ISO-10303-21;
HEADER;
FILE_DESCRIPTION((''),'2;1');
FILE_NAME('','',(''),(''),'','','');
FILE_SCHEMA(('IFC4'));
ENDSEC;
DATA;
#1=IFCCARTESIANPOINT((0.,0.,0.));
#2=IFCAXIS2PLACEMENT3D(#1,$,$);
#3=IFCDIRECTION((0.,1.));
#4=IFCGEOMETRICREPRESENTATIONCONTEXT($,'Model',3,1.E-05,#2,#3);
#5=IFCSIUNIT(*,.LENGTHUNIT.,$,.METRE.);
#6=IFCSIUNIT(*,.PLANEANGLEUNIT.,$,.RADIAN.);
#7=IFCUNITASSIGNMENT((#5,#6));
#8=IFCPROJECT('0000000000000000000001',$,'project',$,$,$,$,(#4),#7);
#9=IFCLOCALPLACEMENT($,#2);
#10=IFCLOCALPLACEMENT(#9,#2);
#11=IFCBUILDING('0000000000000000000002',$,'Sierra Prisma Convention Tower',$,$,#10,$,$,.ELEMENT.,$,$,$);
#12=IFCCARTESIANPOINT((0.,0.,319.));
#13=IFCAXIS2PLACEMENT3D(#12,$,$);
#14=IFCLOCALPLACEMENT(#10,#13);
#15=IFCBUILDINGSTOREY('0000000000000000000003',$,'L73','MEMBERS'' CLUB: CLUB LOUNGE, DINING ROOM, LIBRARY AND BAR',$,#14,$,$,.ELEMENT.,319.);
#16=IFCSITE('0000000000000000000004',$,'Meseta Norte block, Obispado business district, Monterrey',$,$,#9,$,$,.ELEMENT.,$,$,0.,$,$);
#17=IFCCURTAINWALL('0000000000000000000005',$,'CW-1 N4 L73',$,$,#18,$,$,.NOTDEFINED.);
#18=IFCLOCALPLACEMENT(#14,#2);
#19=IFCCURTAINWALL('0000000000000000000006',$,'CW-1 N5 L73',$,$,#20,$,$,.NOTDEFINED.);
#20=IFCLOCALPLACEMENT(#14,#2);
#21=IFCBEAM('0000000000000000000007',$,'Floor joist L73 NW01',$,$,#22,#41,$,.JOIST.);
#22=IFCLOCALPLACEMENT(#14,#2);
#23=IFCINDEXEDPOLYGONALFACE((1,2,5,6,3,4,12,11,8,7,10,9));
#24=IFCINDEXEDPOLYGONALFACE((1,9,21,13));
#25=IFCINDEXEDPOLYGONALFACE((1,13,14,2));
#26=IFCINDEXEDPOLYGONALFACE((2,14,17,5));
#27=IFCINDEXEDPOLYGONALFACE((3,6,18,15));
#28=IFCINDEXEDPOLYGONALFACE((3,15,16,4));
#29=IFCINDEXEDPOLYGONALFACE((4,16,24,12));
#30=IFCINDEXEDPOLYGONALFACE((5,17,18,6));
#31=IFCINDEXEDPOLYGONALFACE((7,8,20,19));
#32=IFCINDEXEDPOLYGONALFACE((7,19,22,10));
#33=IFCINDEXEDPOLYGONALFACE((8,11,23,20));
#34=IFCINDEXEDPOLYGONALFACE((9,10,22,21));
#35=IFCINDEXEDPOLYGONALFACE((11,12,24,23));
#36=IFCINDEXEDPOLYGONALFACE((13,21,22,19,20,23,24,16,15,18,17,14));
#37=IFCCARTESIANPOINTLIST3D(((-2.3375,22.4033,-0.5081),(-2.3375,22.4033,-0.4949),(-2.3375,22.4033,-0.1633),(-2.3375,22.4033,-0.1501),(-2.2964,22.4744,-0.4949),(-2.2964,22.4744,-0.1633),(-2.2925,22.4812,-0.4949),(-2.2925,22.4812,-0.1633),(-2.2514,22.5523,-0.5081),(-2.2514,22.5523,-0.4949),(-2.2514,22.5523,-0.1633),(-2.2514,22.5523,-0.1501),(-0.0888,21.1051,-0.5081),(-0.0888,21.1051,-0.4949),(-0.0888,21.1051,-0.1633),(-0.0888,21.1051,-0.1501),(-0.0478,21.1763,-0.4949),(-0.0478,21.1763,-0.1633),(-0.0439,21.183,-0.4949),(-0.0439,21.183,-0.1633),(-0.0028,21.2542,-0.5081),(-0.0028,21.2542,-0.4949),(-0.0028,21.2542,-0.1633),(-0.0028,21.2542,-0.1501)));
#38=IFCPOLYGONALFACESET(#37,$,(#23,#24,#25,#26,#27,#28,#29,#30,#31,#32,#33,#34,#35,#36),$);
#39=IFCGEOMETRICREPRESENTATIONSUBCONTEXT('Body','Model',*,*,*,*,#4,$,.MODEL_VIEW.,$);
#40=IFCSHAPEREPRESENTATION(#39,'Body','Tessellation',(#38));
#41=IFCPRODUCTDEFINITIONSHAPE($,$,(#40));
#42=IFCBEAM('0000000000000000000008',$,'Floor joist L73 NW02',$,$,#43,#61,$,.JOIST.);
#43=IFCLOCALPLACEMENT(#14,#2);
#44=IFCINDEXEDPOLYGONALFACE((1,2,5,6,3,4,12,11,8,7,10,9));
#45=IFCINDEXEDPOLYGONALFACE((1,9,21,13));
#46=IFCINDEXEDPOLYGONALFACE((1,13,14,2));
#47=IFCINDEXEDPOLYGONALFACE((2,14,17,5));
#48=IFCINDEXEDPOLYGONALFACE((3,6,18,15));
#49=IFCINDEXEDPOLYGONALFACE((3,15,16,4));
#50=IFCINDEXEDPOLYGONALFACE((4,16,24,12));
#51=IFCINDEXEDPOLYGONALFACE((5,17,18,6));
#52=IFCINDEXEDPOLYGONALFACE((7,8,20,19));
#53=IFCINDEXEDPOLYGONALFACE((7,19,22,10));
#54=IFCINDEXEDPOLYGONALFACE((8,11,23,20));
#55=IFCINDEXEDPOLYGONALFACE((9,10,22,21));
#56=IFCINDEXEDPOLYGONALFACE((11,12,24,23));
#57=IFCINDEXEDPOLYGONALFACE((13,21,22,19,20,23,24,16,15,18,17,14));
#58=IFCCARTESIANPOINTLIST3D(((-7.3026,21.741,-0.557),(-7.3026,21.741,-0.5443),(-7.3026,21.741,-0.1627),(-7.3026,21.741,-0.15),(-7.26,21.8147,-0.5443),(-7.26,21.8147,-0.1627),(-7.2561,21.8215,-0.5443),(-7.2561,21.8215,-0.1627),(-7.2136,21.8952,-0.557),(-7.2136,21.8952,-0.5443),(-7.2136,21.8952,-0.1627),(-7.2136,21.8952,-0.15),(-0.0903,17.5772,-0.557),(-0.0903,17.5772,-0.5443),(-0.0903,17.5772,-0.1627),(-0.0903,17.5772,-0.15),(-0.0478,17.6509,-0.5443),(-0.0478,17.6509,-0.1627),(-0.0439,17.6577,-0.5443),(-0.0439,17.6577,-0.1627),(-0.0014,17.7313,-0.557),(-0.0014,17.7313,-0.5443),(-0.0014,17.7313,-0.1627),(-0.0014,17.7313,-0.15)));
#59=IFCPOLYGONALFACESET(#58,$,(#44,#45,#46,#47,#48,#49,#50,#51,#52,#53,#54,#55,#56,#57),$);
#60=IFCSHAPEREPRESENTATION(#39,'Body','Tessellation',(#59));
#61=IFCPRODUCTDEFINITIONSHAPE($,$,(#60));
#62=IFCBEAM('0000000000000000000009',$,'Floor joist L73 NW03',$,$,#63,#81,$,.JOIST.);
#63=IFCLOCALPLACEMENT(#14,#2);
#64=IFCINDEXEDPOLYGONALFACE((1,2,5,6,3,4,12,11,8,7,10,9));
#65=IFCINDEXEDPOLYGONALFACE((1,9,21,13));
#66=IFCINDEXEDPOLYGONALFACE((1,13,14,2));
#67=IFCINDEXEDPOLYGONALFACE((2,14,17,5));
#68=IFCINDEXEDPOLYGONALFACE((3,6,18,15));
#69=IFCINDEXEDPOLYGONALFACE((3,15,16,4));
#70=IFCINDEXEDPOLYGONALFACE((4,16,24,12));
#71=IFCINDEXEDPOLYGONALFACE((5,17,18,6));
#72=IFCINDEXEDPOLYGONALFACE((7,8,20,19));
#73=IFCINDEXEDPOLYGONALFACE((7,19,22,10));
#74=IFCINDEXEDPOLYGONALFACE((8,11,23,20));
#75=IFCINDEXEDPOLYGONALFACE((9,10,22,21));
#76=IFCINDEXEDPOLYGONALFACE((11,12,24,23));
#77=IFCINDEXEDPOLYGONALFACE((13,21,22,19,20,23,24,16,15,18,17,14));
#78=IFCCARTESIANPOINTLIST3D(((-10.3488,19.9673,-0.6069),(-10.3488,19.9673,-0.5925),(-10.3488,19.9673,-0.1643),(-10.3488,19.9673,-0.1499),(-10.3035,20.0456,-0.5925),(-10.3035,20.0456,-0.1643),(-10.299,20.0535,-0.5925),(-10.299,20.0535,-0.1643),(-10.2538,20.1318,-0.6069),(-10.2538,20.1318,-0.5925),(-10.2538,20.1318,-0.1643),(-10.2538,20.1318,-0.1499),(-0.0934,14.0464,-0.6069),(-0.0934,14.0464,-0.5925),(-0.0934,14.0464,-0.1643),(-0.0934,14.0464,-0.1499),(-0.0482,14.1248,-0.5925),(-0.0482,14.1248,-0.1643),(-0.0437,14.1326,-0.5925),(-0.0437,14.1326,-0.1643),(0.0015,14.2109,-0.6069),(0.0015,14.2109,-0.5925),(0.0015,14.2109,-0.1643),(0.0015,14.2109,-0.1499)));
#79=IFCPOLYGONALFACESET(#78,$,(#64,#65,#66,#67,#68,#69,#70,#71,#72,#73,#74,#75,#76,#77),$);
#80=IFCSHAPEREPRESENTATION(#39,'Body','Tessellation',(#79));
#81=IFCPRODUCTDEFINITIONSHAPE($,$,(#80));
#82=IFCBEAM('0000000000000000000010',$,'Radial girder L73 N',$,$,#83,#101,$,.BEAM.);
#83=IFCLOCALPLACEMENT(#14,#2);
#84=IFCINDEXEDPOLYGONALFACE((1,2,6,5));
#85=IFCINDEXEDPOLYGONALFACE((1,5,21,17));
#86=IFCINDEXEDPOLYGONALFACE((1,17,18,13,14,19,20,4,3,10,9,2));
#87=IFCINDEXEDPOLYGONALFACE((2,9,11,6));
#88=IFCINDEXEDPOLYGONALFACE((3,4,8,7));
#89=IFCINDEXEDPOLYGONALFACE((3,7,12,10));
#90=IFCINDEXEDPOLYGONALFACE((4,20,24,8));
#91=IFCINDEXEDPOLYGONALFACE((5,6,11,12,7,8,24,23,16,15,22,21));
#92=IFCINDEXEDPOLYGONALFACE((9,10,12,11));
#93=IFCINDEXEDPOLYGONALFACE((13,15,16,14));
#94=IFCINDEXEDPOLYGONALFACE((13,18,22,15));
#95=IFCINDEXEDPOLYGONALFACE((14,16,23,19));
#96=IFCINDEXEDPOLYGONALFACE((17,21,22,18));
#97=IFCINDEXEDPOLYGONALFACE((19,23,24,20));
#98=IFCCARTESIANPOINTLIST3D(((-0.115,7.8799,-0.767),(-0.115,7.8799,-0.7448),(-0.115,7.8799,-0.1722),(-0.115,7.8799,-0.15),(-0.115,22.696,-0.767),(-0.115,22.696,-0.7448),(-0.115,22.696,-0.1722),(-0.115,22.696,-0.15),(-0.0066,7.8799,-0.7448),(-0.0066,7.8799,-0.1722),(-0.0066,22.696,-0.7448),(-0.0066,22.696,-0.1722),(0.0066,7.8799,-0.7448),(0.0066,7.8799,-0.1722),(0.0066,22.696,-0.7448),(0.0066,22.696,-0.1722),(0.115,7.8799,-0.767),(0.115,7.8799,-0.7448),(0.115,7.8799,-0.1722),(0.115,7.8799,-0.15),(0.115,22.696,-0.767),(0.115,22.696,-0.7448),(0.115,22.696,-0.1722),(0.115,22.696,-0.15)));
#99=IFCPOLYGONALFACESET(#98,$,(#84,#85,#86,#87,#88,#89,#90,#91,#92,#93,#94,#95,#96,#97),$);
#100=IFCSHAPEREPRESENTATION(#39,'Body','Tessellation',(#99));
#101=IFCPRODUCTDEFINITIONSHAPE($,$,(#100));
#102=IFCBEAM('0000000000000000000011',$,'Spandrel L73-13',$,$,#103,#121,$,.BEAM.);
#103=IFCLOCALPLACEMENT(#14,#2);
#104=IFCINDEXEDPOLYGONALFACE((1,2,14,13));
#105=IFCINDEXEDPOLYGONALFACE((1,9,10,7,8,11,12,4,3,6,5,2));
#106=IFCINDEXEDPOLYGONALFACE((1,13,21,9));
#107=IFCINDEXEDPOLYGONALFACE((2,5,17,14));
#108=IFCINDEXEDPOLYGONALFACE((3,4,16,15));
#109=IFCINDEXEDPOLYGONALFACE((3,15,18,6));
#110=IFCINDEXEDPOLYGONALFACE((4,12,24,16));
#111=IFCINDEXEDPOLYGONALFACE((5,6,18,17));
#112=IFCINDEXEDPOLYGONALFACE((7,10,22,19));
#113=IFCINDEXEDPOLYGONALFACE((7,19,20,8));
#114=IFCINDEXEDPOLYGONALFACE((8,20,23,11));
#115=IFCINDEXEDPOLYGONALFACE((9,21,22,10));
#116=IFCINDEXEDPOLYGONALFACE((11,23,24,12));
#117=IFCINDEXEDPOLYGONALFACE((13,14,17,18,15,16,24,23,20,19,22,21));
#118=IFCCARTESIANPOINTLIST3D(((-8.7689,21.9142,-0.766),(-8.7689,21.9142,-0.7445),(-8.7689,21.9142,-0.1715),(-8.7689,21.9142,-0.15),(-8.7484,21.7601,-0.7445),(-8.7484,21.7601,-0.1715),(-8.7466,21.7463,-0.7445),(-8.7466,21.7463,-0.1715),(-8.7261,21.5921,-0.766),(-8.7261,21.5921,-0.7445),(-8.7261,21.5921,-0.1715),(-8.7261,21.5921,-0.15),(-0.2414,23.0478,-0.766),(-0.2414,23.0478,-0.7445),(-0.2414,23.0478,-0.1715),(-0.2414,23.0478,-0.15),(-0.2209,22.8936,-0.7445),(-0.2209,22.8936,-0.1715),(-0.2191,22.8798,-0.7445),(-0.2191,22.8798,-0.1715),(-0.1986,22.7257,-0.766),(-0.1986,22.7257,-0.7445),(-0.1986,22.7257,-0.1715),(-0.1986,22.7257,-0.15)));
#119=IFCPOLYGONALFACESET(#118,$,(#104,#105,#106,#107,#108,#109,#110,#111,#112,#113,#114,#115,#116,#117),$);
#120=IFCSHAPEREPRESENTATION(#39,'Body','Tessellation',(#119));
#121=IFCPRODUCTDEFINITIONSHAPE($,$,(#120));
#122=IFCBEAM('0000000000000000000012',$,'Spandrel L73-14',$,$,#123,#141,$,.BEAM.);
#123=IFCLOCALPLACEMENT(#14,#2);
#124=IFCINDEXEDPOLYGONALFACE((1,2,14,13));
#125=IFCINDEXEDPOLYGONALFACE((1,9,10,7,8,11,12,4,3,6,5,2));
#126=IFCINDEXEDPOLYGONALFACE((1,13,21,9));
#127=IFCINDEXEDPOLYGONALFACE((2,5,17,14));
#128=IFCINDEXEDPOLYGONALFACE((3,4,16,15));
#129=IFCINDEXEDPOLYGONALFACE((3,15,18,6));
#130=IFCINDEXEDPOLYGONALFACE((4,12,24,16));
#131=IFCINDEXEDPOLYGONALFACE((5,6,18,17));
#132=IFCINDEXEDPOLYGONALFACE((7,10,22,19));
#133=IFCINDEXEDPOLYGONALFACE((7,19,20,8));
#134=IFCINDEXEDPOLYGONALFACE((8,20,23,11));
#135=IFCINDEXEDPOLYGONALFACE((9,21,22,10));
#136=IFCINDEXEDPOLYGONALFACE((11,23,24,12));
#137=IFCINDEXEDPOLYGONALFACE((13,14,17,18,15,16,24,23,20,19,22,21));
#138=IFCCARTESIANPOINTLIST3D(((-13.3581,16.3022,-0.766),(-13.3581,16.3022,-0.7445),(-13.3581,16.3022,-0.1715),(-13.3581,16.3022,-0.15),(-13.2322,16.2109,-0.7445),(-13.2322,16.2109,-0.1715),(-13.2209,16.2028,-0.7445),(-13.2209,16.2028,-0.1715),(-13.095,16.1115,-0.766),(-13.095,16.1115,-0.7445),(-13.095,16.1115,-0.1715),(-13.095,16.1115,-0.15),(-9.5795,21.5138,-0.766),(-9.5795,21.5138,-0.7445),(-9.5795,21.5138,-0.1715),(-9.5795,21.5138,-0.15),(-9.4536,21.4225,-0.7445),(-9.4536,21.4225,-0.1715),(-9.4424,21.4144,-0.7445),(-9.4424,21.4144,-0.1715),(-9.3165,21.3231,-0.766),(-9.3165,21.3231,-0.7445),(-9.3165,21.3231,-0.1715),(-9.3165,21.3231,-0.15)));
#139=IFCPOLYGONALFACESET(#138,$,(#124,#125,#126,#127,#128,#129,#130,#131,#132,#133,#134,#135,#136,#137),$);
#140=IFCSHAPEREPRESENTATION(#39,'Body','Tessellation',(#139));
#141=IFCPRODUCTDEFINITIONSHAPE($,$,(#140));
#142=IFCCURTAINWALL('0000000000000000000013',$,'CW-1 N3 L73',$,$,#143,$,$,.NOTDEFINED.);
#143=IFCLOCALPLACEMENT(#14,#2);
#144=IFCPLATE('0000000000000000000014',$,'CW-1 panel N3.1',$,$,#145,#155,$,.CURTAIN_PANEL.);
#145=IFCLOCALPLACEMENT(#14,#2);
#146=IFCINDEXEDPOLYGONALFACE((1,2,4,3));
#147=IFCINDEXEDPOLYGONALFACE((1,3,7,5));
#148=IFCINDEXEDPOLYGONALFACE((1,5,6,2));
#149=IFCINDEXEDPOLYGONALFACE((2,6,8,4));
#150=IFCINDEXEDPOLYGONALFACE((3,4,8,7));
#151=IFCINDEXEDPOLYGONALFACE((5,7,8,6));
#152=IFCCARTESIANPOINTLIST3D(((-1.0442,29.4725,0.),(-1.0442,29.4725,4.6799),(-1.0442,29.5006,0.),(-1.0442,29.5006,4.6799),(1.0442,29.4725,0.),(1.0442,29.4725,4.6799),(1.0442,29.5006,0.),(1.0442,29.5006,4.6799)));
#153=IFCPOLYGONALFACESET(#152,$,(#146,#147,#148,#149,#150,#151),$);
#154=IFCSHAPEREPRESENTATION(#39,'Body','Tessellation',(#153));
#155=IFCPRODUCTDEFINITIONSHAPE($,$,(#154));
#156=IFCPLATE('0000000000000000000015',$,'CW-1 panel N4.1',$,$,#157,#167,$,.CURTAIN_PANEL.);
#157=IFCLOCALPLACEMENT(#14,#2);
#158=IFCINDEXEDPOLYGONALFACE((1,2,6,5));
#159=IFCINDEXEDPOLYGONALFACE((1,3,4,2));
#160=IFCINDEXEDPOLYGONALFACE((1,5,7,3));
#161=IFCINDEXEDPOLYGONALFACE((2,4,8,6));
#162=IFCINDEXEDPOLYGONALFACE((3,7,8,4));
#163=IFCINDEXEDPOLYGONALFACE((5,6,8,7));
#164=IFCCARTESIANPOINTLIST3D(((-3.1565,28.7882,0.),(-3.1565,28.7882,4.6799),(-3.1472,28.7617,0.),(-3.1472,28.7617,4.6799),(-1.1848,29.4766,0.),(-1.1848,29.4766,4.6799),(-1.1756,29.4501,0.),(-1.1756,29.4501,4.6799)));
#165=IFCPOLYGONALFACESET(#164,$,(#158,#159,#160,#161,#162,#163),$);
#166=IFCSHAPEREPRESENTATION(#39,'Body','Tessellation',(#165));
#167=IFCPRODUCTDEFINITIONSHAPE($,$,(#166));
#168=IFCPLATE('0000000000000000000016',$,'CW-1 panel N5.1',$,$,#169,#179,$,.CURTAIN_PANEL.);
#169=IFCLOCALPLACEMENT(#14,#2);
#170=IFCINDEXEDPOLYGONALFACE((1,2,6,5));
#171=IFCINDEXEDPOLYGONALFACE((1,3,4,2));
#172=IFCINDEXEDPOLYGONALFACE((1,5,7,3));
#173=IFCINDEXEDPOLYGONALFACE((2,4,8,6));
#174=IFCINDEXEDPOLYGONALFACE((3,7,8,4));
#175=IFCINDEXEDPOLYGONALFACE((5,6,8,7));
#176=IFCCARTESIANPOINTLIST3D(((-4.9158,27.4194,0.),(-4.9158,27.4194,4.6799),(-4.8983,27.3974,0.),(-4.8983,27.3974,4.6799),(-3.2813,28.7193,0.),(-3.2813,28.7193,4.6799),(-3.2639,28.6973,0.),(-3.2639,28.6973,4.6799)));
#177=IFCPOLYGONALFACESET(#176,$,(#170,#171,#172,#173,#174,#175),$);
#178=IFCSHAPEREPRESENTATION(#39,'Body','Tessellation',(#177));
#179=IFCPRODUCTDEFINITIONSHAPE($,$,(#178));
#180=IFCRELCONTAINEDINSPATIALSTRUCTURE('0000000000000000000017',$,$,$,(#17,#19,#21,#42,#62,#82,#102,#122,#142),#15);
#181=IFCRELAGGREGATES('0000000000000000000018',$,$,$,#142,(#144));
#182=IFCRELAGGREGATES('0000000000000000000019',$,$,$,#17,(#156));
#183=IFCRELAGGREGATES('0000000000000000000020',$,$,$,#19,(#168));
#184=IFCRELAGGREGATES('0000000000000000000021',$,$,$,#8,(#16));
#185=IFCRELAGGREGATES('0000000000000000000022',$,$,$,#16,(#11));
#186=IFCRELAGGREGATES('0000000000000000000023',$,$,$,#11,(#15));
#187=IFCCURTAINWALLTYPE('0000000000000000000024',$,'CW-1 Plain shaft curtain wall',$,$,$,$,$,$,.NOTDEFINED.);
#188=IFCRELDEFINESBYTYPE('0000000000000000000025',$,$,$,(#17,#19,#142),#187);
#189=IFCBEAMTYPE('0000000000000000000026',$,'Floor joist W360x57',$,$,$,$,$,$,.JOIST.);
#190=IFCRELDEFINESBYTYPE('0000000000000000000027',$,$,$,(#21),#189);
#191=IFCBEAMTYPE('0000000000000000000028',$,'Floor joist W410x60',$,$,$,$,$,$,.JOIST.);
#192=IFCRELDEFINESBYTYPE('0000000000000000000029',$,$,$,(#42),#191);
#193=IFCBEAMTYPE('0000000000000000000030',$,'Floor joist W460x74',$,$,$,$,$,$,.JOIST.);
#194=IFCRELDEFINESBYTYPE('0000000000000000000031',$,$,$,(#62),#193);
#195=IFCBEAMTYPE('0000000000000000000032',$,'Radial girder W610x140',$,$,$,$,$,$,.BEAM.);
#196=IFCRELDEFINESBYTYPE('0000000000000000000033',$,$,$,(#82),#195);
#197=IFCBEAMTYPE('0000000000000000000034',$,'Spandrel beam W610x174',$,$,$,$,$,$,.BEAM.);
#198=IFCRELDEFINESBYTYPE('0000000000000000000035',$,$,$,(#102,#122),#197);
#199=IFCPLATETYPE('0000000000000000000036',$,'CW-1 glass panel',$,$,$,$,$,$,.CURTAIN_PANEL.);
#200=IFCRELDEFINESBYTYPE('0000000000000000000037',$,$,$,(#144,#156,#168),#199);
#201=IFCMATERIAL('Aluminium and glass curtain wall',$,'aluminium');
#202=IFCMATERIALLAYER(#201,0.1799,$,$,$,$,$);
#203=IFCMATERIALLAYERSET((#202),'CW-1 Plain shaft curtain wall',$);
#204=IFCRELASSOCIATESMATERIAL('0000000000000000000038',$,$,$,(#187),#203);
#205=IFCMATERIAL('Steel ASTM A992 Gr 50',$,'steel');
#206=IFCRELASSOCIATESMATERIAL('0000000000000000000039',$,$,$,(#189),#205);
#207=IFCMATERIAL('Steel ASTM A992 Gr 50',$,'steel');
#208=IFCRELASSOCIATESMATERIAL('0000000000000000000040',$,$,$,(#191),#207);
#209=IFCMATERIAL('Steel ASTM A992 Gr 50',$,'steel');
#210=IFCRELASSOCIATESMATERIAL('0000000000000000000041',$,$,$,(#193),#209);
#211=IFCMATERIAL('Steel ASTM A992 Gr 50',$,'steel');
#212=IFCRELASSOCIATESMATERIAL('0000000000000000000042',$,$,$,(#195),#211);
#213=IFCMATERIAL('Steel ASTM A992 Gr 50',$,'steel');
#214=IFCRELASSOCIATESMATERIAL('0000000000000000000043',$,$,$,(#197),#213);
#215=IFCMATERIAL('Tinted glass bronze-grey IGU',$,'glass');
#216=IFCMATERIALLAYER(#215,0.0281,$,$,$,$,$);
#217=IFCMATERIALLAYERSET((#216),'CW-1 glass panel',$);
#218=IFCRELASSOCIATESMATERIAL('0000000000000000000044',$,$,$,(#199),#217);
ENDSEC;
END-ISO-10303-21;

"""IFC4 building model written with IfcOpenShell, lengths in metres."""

from ifc_helpers import new_model, si_unit, direction, frame, origin, origin_2d, place, context, subcontext, project, spatial, rectangle, i_section, extrude, material, layer, layer_set, material_profile, profile_set, type_object, element, aggregate, save


model = new_model("IFC4")

# Units and contexts
model_context = context("Model", 3, precision=1e-05, world=origin(), true_north=direction((0.0, 1.0)))
body_context = subcontext(model_context, "Body", "Model", "MODEL_VIEW")
ifc_project = project(units=[si_unit("LENGTHUNIT", "METRE"), si_unit("PLANEANGLEUNIT", "RADIAN")], contexts=[model_context])

# Site, building, storey
site_placement = place(None, origin())
site = spatial("IfcSite", under=ifc_project, at=site_placement, Name="Meseta Norte block, Obispado business district, Monterrey", CompositionType="ELEMENT", RefElevation=0.0)
building_placement = place(site_placement, origin())
building = spatial("IfcBuilding", under=site, at=building_placement, Name="Sierra Prisma Convention Tower", CompositionType="ELEMENT")
storey_placement = place(building_placement, frame((0.0, 0.0, 319.0)))
storey = spatial("IfcBuildingStorey", under=building, at=storey_placement, Name="L73", Description="MEMBERS' CLUB: CLUB LOUNGE, DINING ROOM, LIBRARY AND BAR", CompositionType="ELEMENT", Elevation=319.0)

# Curtain walls
ifc_material_1 = material(Name="Aluminium and glass curtain wall", Category="aluminium")
ifc_layer_1 = layer(ifc_material_1, 0.1799)
ifc_layer_set_1 = layer_set([ifc_layer_1], Name="CW-1 Plain shaft curtain wall")
curtain_wall_type = type_object("IfcCurtainWallType", Name="CW-1 Plain shaft curtain wall", PredefinedType="NOTDEFINED", material=ifc_layer_set_1)
curtain_wall_1_placement = place(storey_placement, origin())
curtain_wall_1 = element("IfcCurtainWall", 1, at=curtain_wall_1_placement, inside=storey, type_object=curtain_wall_type, Name="CW-1 N4 L73", PredefinedType="NOTDEFINED")
curtain_wall_2_placement = place(storey_placement, origin())
curtain_wall_2 = element("IfcCurtainWall", 2, at=curtain_wall_2_placement, inside=storey, type_object=curtain_wall_type, Name="CW-1 N5 L73", PredefinedType="NOTDEFINED")

# Beams
ifc_material_2 = material(Name="Steel ASTM A992 Gr 50", Category="steel")
ifc_material_profile_1 = material_profile(ifc_material_2, i_section(OverallWidth=0.1721, OverallDepth=0.3579, WebThickness=0.0078, FlangeThickness=0.0132, at=origin_2d()), Name="W360x57")
ifc_profile_set_1 = profile_set([ifc_material_profile_1], Name="Steel ASTM A992 Gr 50")
beam_type_1 = type_object("IfcBeamType", Name="Floor joist W360x57", PredefinedType="JOIST", material=ifc_profile_set_1)
beam_1_placement = place(storey_placement, frame((-2.2944, 22.4778, -0.3291), z_axis=(0.866042, -0.499972, 0.0), x_axis=(0.499972, 0.866042, 0.0)))
element("IfcBeam", 3, at=beam_1_placement, inside=storey, type_object=beam_type_1, Name="Floor joist L73 NW01", PredefinedType="JOIST", context=body_context, shape_type="SweptSolid", body=[
    extrude(i_section(OverallWidth=0.1721, OverallDepth=0.3579, WebThickness=0.0078, FlangeThickness=0.0132, at=origin_2d()), origin(), (0.0, 0.0, 1.0), 2.5964),
])
ifc_material_3 = material(Name="Steel ASTM A992 Gr 50", Category="steel")
ifc_material_profile_2 = material_profile(ifc_material_3, i_section(OverallWidth=0.178, OverallDepth=0.407, WebThickness=0.0078, FlangeThickness=0.0127, at=origin_2d()), Name="W410x60")
ifc_profile_set_2 = profile_set([ifc_material_profile_2], Name="Steel ASTM A992 Gr 50")
beam_type_2 = type_object("IfcBeamType", Name="Floor joist W410x60", PredefinedType="JOIST", material=ifc_profile_set_2)
beam_2_placement = place(storey_placement, frame((-7.2581, 21.8181, -0.3535), z_axis=(0.866032, -0.499989, 0.0), x_axis=(0.499989, 0.866032, 0.0)))
element("IfcBeam", 4, at=beam_2_placement, inside=storey, type_object=beam_type_2, Name="Floor joist L73 NW02", PredefinedType="JOIST", context=body_context, shape_type="SweptSolid", body=[
    extrude(i_section(OverallWidth=0.178, OverallDepth=0.407, WebThickness=0.0078, FlangeThickness=0.0127, at=origin_2d()), origin(), (0.0, 0.0, 1.0), 8.3279),
])
ifc_material_4 = material(Name="Steel ASTM A992 Gr 50", Category="steel")
ifc_material_profile_3 = material_profile(ifc_material_4, i_section(OverallWidth=0.1899, OverallDepth=0.457, WebThickness=0.009, FlangeThickness=0.0144, at=origin_2d()), Name="W460x74")
ifc_profile_set_3 = profile_set([ifc_material_profile_3], Name="Steel ASTM A992 Gr 50")
beam_type_3 = type_object("IfcBeamType", Name="Floor joist W460x74", PredefinedType="JOIST", material=ifc_profile_set_3)
beam_3_placement = place(storey_placement, frame((-10.3013, 20.0496, -0.3784), z_axis=(0.866027, -0.499997, 0.0), x_axis=(0.499997, 0.866027, 0.0)))
element("IfcBeam", 5, at=beam_3_placement, inside=storey, type_object=beam_type_3, Name="Floor joist L73 NW03", PredefinedType="JOIST", context=body_context, shape_type="SweptSolid", body=[
    extrude(i_section(OverallWidth=0.1899, OverallDepth=0.457, WebThickness=0.009, FlangeThickness=0.0144, at=origin_2d()), origin(), (0.0, 0.0, 1.0), 11.8418),
])
ifc_material_5 = material(Name="Steel ASTM A992 Gr 50", Category="steel")
ifc_material_profile_4 = material_profile(ifc_material_5, i_section(OverallWidth=0.23, OverallDepth=0.6169, WebThickness=0.0132, FlangeThickness=0.0222, at=origin_2d()), Name="W610x140")
ifc_profile_set_4 = profile_set([ifc_material_profile_4], Name="Steel ASTM A992 Gr 50")
beam_type_4 = type_object("IfcBeamType", Name="Radial girder W610x140", PredefinedType="BEAM", material=ifc_profile_set_4)
beam_4_placement = place(storey_placement, frame((0.0, 22.696, -0.4585), z_axis=(0.0, -1.0, 0.0), x_axis=(1.0, 0.0, 0.0)))
element("IfcBeam", 6, at=beam_4_placement, inside=storey, type_object=beam_type_4, Name="Radial girder L73 N", PredefinedType="BEAM", context=body_context, shape_type="SweptSolid", body=[
    extrude(i_section(OverallWidth=0.23, OverallDepth=0.6169, WebThickness=0.0132, FlangeThickness=0.0222, at=origin_2d()), origin(), (0.0, 0.0, 1.0), 14.8162),
])
ifc_material_6 = material(Name="Steel ASTM A992 Gr 50", Category="steel")
ifc_material_profile_5 = material_profile(ifc_material_6, i_section(OverallWidth=0.325, OverallDepth=0.616, WebThickness=0.0139, FlangeThickness=0.0215, at=origin_2d()), Name="W610x174")
ifc_profile_set_5 = profile_set([ifc_material_profile_5], Name="Steel ASTM A992 Gr 50")
beam_type_5 = type_object("IfcBeamType", Name="Spandrel beam W610x174", PredefinedType="BEAM", material=ifc_profile_set_5)
beam_5_placement = place(storey_placement, frame((-0.22, 22.8867, -0.458), z_axis=(-0.991281, -0.131768, 0.0), x_axis=(0.131768, -0.991281, 0.0)))
element("IfcBeam", 7, at=beam_5_placement, inside=storey, type_object=beam_type_5, Name="Spandrel L73-13", PredefinedType="BEAM", context=body_context, shape_type="SweptSolid", body=[
    extrude(i_section(OverallWidth=0.325, OverallDepth=0.616, WebThickness=0.0139, FlangeThickness=0.0215, at=origin_2d()), origin(), (0.0, 0.0, 1.0), 8.6025),
])
beam_6_placement = place(storey_placement, frame((-9.448, 21.4185, -0.458), z_axis=(-0.586978, -0.809603, 0.0), x_axis=(0.809603, -0.586978, 0.0)))
element("IfcBeam", 8, at=beam_6_placement, inside=storey, type_object=beam_type_5, Name="Spandrel L73-14", PredefinedType="BEAM", context=body_context, shape_type="SweptSolid", body=[
    extrude(i_section(OverallWidth=0.325, OverallDepth=0.616, WebThickness=0.0139, FlangeThickness=0.0215, at=origin_2d()), origin(), (0.0, 0.0, 1.0), 6.4373),
])

# Curtain wall, plate
curtain_wall_3_placement = place(storey_placement, origin())
curtain_wall_3 = element("IfcCurtainWall", 9, at=curtain_wall_3_placement, inside=storey, type_object=curtain_wall_type, Name="CW-1 N3 L73", PredefinedType="NOTDEFINED")
ifc_material_7 = material(Name="Tinted glass bronze-grey IGU", Category="glass")
ifc_layer_2 = layer(ifc_material_7, 0.0281)
ifc_layer_set_2 = layer_set([ifc_layer_2], Name="CW-1 glass panel")
plate_type = type_object("IfcPlateType", Name="CW-1 glass panel", PredefinedType="CURTAIN_PANEL", material=ifc_layer_set_2)
plate_1_placement = place(storey_placement, frame((0.0, 29.4866, 0.0), z_axis=(0.0, 0.0, 1.0), x_axis=(-1.0, 0.0, 0.0)))
plate_1 = element("IfcPlate", 10, at=plate_1_placement, type_object=plate_type, Name="CW-1 panel N3.1", PredefinedType="CURTAIN_PANEL", context=body_context, shape_type="SweptSolid", body=[
    extrude(rectangle(XDim=2.0884, YDim=0.0281, at=origin_2d()), origin(), (0.0, 0.0, 1.0), 4.6799),
])
aggregate(curtain_wall_3, [plate_1])

# Plates
plate_2_placement = place(storey_placement, frame((-2.166, 29.1191, 0.0), z_axis=(0.0, 0.0, 1.0), x_axis=(-0.944101, -0.329658, 0.0)))
plate_2 = element("IfcPlate", 11, at=plate_2_placement, type_object=plate_type, Name="CW-1 panel N4.1", PredefinedType="CURTAIN_PANEL", context=body_context, shape_type="SweptSolid", body=[
    extrude(rectangle(XDim=2.0884, YDim=0.0281, at=origin_2d()), origin(), (0.0, 0.0, 1.0), 4.6799),
])
aggregate(curtain_wall_1, [plate_2])
plate_3_placement = place(storey_placement, frame((-4.0898, 28.0583, 0.0), z_axis=(0.0, 0.0, 1.0), x_axis=(-0.782652, -0.62246, 0.0)))
plate_3 = element("IfcPlate", 12, at=plate_3_placement, type_object=plate_type, Name="CW-1 panel N5.1", PredefinedType="CURTAIN_PANEL", context=body_context, shape_type="SweptSolid", body=[
    extrude(rectangle(XDim=2.0884, YDim=0.0281, at=origin_2d()), origin(), (0.0, 0.0, 1.0), 4.6799),
])
aggregate(curtain_wall_2, [plate_3])

save(model, "model.ifc")
